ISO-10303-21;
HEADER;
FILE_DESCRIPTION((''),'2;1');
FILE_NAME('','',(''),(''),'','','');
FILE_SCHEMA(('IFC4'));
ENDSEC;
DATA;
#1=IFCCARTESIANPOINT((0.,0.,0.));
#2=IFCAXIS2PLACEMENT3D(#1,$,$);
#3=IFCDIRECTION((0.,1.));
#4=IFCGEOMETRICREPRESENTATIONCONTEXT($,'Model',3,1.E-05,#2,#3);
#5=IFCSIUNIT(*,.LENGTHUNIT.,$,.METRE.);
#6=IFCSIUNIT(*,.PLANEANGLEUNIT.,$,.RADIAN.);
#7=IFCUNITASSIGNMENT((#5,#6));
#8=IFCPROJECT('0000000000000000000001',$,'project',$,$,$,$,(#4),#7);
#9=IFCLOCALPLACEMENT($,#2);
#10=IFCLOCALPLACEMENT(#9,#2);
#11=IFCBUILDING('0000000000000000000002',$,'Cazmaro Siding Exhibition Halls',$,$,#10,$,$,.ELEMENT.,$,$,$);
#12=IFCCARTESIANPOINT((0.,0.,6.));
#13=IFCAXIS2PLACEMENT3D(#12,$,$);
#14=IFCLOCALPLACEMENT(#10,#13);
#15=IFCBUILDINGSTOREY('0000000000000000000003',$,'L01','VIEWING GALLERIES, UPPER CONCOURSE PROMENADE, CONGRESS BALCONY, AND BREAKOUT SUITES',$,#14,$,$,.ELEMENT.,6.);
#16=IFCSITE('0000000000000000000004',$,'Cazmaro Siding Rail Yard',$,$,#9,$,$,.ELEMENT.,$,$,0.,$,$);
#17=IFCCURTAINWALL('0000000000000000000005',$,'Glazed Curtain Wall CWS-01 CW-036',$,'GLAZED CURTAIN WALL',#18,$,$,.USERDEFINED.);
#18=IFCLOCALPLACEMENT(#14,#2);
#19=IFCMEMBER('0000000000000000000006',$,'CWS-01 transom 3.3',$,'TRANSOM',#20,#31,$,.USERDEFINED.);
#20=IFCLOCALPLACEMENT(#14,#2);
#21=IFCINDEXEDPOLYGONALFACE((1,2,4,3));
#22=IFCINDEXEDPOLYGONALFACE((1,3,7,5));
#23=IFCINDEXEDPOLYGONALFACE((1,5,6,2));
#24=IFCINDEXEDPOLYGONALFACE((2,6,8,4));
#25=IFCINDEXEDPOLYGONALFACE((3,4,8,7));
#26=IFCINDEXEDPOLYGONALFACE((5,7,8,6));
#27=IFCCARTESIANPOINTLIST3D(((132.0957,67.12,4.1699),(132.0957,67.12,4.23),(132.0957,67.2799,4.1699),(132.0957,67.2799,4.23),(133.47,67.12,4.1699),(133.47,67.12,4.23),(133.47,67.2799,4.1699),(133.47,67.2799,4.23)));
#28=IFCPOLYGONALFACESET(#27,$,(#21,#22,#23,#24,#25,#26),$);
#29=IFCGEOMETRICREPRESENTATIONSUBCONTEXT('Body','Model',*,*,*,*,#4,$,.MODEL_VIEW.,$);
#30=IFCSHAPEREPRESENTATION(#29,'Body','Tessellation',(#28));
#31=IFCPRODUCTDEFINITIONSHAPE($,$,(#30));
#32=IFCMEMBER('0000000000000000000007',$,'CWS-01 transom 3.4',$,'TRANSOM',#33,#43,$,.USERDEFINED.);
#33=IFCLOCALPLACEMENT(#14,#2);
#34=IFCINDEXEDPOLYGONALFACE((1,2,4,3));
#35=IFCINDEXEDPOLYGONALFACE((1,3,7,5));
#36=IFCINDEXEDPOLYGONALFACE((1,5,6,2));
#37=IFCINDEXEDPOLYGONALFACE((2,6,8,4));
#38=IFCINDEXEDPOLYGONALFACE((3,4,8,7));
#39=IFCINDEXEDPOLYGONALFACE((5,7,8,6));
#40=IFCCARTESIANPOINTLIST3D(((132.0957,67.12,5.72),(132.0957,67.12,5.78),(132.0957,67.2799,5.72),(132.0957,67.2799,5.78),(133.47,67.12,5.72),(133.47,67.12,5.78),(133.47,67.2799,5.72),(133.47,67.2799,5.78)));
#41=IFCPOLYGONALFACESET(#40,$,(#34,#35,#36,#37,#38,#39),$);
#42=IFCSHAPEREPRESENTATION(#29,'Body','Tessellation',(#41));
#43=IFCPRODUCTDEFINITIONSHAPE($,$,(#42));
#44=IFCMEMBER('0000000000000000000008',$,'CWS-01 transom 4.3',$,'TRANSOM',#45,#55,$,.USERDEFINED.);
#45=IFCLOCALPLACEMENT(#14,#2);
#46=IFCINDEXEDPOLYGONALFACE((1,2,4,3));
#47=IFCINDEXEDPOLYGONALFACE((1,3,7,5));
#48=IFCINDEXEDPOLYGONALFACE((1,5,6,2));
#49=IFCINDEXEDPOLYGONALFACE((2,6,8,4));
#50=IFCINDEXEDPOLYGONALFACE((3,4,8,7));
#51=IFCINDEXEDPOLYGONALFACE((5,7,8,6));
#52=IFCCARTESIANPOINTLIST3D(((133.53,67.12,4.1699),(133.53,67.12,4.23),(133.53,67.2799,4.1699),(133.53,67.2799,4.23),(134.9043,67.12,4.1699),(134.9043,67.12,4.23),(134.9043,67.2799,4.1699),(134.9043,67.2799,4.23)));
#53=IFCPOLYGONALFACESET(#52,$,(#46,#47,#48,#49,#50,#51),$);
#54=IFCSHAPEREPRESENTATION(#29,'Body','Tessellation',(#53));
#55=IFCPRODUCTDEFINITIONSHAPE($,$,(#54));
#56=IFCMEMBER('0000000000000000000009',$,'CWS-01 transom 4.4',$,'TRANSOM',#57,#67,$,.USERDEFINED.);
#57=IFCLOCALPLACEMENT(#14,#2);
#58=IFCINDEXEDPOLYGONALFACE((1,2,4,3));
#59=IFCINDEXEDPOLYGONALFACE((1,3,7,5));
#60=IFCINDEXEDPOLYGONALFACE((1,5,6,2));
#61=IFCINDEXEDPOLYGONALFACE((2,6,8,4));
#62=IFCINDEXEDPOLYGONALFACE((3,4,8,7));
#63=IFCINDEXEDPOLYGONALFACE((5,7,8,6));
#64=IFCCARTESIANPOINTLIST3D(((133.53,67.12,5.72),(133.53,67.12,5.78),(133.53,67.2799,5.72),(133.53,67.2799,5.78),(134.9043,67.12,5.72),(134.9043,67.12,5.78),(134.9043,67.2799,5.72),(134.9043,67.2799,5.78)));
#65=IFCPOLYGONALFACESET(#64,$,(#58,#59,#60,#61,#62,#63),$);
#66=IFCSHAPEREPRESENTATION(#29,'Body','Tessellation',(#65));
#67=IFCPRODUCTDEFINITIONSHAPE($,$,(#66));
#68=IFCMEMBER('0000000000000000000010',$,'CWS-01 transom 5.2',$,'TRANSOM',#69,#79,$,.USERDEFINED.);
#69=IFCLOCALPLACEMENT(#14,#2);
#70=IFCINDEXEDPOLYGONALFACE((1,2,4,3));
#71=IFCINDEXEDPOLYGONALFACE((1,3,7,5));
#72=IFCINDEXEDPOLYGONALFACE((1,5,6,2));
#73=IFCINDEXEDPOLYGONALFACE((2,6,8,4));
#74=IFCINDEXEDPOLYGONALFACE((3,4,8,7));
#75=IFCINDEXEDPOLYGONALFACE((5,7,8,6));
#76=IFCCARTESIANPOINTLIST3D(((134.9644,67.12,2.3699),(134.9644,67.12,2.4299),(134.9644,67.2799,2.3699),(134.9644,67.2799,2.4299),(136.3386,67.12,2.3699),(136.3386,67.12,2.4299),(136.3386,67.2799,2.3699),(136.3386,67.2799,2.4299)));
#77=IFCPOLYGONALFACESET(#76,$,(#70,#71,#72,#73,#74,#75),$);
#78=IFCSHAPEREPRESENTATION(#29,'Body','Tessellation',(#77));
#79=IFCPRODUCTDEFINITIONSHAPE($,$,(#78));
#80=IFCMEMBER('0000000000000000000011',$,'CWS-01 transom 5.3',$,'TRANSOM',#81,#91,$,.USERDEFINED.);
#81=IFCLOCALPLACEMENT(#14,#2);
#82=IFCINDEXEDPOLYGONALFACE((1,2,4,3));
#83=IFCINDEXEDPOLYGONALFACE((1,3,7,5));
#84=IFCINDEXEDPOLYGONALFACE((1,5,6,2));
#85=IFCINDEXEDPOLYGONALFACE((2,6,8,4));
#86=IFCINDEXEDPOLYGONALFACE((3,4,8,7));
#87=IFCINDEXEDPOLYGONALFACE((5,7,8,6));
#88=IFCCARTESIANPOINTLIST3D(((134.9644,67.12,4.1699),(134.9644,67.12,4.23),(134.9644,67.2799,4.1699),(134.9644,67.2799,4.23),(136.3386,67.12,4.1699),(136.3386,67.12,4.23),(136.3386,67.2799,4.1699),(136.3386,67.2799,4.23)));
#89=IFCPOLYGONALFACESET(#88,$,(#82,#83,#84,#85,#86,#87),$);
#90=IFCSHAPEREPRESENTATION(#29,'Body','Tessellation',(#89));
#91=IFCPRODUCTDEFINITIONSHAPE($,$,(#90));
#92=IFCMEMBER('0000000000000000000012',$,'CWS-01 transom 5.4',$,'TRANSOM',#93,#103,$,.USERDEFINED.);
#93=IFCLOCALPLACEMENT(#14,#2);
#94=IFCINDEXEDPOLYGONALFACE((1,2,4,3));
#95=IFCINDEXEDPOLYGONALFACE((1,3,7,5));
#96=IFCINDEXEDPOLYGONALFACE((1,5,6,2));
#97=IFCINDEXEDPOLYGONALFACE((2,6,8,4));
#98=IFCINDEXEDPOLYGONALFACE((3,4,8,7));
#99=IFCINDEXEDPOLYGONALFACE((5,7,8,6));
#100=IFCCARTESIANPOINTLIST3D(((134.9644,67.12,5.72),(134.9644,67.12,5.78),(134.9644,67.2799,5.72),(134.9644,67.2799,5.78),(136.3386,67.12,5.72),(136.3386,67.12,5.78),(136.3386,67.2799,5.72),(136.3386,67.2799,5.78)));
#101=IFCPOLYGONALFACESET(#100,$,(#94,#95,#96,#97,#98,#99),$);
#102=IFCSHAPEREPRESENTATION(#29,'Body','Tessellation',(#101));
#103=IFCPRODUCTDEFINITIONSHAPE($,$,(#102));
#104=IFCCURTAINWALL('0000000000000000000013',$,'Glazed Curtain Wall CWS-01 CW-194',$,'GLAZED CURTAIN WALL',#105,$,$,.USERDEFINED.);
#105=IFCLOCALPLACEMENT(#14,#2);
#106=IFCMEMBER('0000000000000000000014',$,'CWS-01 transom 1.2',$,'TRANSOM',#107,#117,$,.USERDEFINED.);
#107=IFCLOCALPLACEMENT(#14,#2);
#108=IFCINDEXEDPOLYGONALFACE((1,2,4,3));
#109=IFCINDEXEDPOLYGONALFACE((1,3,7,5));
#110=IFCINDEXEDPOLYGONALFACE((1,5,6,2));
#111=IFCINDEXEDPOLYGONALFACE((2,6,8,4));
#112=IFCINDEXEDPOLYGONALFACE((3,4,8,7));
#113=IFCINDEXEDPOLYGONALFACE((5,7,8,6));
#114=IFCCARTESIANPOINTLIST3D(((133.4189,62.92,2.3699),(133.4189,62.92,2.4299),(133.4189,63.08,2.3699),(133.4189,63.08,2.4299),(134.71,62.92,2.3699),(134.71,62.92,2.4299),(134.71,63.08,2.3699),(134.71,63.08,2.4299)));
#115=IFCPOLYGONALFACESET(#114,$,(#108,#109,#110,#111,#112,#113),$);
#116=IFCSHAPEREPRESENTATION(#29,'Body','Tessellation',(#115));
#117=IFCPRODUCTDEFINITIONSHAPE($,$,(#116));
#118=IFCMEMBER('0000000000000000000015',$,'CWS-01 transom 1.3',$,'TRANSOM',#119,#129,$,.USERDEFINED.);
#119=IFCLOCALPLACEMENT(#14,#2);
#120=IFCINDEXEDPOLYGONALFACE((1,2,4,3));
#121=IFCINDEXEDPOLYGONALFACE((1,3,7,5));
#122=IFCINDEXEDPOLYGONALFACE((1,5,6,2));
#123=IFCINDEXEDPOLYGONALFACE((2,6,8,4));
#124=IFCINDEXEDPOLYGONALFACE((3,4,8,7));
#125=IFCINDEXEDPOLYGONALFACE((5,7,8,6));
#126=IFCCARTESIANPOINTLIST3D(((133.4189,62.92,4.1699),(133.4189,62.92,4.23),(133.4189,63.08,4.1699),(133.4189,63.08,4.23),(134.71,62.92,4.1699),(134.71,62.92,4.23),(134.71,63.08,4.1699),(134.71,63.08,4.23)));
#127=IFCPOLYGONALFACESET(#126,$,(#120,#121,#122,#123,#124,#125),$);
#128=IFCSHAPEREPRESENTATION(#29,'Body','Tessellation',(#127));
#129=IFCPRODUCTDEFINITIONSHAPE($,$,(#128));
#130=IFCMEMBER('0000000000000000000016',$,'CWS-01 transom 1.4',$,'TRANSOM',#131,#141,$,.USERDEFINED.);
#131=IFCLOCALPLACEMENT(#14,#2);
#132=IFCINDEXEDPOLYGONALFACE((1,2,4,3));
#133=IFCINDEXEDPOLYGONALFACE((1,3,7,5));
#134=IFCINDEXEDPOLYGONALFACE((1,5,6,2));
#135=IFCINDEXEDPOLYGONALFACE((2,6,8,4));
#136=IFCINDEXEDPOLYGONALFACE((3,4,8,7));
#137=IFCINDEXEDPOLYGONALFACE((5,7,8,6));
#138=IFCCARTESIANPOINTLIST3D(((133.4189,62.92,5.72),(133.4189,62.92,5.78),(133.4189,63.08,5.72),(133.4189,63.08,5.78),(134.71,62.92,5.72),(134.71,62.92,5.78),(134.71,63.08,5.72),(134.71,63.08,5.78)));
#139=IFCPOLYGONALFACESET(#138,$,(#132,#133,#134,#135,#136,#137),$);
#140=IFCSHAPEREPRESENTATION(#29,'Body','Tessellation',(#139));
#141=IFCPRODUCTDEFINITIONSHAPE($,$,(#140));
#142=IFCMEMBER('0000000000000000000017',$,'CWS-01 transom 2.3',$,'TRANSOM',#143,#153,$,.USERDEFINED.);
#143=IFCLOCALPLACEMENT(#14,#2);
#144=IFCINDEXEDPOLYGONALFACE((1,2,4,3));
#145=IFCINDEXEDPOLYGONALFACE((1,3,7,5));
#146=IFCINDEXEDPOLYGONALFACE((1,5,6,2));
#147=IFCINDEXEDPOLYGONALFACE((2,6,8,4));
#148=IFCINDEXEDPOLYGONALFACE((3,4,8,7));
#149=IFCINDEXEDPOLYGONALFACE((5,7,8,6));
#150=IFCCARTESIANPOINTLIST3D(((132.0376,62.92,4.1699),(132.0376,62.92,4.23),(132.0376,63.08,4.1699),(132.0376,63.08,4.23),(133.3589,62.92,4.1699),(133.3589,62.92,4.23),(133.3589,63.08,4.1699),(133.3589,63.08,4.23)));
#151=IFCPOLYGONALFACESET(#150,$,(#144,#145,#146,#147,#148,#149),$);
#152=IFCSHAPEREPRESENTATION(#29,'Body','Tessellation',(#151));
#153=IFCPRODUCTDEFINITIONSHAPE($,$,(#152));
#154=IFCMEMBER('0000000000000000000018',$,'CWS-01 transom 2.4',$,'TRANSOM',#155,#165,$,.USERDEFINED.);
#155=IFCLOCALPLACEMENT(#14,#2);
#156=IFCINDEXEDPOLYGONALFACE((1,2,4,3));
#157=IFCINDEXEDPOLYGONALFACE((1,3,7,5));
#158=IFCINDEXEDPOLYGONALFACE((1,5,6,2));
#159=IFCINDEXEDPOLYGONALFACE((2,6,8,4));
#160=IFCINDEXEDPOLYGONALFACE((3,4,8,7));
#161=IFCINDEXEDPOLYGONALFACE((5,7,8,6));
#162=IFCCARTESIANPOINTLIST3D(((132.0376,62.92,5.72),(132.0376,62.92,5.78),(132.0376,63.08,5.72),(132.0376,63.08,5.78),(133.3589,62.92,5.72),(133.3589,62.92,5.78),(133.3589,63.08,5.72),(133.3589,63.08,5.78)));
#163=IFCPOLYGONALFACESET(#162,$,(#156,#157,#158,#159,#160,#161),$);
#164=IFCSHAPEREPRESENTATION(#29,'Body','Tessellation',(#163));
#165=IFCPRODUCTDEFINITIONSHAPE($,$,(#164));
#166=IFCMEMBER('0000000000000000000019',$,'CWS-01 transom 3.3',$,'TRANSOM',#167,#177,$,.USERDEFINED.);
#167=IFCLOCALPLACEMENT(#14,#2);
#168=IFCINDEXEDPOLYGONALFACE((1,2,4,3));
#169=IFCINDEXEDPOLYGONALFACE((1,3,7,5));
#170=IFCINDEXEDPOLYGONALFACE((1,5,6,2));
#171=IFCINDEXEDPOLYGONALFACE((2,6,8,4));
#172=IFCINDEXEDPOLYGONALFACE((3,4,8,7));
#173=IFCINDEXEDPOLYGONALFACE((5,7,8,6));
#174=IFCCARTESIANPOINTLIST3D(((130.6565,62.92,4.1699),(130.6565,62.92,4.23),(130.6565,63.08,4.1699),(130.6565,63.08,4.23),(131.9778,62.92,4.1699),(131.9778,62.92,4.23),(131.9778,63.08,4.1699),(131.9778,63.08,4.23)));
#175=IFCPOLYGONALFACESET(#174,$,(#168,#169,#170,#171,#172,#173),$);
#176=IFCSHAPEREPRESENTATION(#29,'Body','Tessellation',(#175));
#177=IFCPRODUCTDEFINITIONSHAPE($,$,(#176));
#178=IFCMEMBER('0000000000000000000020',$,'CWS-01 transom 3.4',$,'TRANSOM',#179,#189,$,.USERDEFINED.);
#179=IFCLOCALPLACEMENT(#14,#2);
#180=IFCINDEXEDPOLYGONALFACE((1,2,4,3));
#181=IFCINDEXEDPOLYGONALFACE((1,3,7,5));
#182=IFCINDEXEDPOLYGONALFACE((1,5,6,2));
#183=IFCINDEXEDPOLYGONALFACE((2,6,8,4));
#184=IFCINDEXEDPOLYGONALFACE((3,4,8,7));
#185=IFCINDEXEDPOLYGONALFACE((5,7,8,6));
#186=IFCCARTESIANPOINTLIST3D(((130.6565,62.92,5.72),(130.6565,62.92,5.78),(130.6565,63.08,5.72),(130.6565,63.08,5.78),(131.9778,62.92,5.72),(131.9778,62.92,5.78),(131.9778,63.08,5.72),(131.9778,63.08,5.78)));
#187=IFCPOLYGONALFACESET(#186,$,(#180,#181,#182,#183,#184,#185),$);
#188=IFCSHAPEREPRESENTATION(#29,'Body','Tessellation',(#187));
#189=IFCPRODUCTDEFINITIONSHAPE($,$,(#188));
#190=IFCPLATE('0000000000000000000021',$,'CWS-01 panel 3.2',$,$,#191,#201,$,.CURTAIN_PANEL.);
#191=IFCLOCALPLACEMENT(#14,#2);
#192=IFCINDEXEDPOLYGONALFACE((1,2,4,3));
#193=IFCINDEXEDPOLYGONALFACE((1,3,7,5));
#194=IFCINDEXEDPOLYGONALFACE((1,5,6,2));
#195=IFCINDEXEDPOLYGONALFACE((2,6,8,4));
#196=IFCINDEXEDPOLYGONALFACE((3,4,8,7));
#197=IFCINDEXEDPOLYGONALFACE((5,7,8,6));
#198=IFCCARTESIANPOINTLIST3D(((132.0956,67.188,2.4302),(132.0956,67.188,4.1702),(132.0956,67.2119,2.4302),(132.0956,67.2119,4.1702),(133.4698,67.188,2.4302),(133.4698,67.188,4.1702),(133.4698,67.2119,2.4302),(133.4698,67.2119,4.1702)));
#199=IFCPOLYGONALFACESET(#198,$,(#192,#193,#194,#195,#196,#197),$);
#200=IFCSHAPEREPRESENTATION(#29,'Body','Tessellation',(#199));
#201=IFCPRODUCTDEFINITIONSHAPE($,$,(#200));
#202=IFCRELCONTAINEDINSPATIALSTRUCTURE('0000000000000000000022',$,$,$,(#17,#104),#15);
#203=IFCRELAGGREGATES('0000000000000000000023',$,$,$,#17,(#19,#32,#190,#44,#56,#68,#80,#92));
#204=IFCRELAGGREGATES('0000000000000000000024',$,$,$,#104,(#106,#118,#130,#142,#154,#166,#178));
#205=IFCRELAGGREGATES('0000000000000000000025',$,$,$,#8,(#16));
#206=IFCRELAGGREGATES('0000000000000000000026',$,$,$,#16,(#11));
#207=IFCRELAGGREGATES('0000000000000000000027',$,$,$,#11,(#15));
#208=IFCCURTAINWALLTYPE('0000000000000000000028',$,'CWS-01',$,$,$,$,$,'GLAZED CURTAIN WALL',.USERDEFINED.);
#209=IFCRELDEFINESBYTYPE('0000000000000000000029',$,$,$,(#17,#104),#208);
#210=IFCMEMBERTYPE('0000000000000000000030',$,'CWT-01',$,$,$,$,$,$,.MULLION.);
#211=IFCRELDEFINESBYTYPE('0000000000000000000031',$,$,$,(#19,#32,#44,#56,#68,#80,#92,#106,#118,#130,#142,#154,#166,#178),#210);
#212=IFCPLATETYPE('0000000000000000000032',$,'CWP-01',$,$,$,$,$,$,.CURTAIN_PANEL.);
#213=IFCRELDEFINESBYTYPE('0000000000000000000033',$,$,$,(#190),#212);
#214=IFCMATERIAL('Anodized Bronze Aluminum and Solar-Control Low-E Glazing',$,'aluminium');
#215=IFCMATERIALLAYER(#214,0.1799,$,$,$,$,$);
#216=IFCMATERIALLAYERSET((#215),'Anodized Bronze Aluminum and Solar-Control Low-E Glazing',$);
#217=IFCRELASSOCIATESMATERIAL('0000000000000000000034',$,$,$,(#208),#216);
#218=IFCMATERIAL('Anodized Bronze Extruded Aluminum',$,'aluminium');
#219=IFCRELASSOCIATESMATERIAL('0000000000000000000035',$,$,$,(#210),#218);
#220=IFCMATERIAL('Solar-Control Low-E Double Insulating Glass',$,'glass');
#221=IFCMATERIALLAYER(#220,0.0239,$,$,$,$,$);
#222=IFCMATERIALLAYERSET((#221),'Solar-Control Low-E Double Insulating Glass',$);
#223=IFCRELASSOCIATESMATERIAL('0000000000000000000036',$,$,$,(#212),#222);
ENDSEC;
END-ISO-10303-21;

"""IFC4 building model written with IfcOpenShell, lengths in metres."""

from ifc_helpers import new_model, si_unit, direction, frame, origin, origin_2d, place, context, subcontext, project, spatial, rectangle, extrude, material, layer, layer_set, material_profile, profile_set, type_object, element, aggregate, save


model = new_model("IFC4")

# Units and contexts
model_context = context("Model", 3, precision=1e-05, world=origin(), true_north=direction((0.0, 1.0)))
body_context = subcontext(model_context, "Body", "Model", "MODEL_VIEW")
ifc_project = project(units=[si_unit("LENGTHUNIT", "METRE"), si_unit("PLANEANGLEUNIT", "RADIAN")], contexts=[model_context])

# Site, building, storey
site_placement = place(None, origin())
site = spatial("IfcSite", under=ifc_project, at=site_placement, Name="Cazmaro Siding Rail Yard", CompositionType="ELEMENT", RefElevation=0.0)
building_placement = place(site_placement, origin())
building = spatial("IfcBuilding", under=site, at=building_placement, Name="Cazmaro Siding Exhibition Halls", CompositionType="ELEMENT")
storey_placement = place(building_placement, frame((0.0, 0.0, 6.0)))
storey = spatial("IfcBuildingStorey", under=building, at=storey_placement, Name="L01", Description="VIEWING GALLERIES, UPPER CONCOURSE PROMENADE, CONGRESS BALCONY, AND BREAKOUT SUITES", CompositionType="ELEMENT", Elevation=6.0)

# Curtain walls, members
ifc_material_1 = material(Name="Anodized Bronze Aluminum and Solar-Control Low-E Glazing", Category="aluminium")
ifc_layer_1 = layer(ifc_material_1, 0.1799)
ifc_layer_set_1 = layer_set([ifc_layer_1], Name="Anodized Bronze Aluminum and Solar-Control Low-E Glazing")
curtain_wall_type = type_object("IfcCurtainWallType", Name="CWS-01", ElementType="GLAZED CURTAIN WALL", PredefinedType="USERDEFINED", material=ifc_layer_set_1)
curtain_wall_1_placement = place(storey_placement, origin())
curtain_wall_1 = element("IfcCurtainWall", 1, at=curtain_wall_1_placement, inside=storey, type_object=curtain_wall_type, Name="Glazed Curtain Wall CWS-01 CW-036", ObjectType="GLAZED CURTAIN WALL", PredefinedType="USERDEFINED")
ifc_material_2 = material(Name="Anodized Bronze Extruded Aluminum", Category="aluminium")
ifc_material_profile = material_profile(ifc_material_2, rectangle(XDim=0.1599, YDim=0.0601, at=origin_2d()), Name="CWT-01")
ifc_profile_set = profile_set([ifc_material_profile], Name="Anodized Bronze Extruded Aluminum")
member_type = type_object("IfcMemberType", Name="CWT-01", PredefinedType="MULLION", material=ifc_profile_set)
member_1_placement = place(storey_placement, frame((132.0957, 67.2, 4.2), z_axis=(1.0, 0.0, 0.0), x_axis=(0.0, 1.0, 0.0)))
member_1 = element("IfcMember", 2, at=member_1_placement, type_object=member_type, Name="CWS-01 transom 3.3", ObjectType="TRANSOM", PredefinedType="USERDEFINED", context=body_context, shape_type="SweptSolid", body=[
    extrude(rectangle(XDim=0.1599, YDim=0.0601, at=origin_2d()), origin(), (0.0, 0.0, 1.0), 1.3743),
])
member_2_placement = place(storey_placement, frame((132.0957, 67.2, 5.75), z_axis=(1.0, 0.0, 0.0), x_axis=(0.0, 1.0, 0.0)))
member_2 = element("IfcMember", 3, at=member_2_placement, type_object=member_type, Name="CWS-01 transom 3.4", ObjectType="TRANSOM", PredefinedType="USERDEFINED", context=body_context, shape_type="SweptSolid", body=[
    extrude(rectangle(XDim=0.1599, YDim=0.0601, at=origin_2d()), origin(), (0.0, 0.0, 1.0), 1.3743),
])
member_3_placement = place(storey_placement, frame((133.53, 67.2, 4.2), z_axis=(1.0, 0.0, 0.0), x_axis=(0.0, 1.0, 0.0)))
member_3 = element("IfcMember", 4, at=member_3_placement, type_object=member_type, Name="CWS-01 transom 4.3", ObjectType="TRANSOM", PredefinedType="USERDEFINED", context=body_context, shape_type="SweptSolid", body=[
    extrude(rectangle(XDim=0.1599, YDim=0.0601, at=origin_2d()), origin(), (0.0, 0.0, 1.0), 1.3743),
])
member_4_placement = place(storey_placement, frame((133.53, 67.2, 5.75), z_axis=(1.0, 0.0, 0.0), x_axis=(0.0, 1.0, 0.0)))
member_4 = element("IfcMember", 5, at=member_4_placement, type_object=member_type, Name="CWS-01 transom 4.4", ObjectType="TRANSOM", PredefinedType="USERDEFINED", context=body_context, shape_type="SweptSolid", body=[
    extrude(rectangle(XDim=0.1599, YDim=0.0601, at=origin_2d()), origin(), (0.0, 0.0, 1.0), 1.3743),
])
member_5_placement = place(storey_placement, frame((134.9644, 67.2, 2.3999), z_axis=(1.0, 0.0, 0.0), x_axis=(0.0, 1.0, 0.0)))
member_5 = element("IfcMember", 6, at=member_5_placement, type_object=member_type, Name="CWS-01 transom 5.2", ObjectType="TRANSOM", PredefinedType="USERDEFINED", context=body_context, shape_type="SweptSolid", body=[
    extrude(rectangle(XDim=0.1599, YDim=0.0601, at=origin_2d()), origin(), (0.0, 0.0, 1.0), 1.3743),
])
member_6_placement = place(storey_placement, frame((134.9644, 67.2, 4.2), z_axis=(1.0, 0.0, 0.0), x_axis=(0.0, 1.0, 0.0)))
member_6 = element("IfcMember", 7, at=member_6_placement, type_object=member_type, Name="CWS-01 transom 5.3", ObjectType="TRANSOM", PredefinedType="USERDEFINED", context=body_context, shape_type="SweptSolid", body=[
    extrude(rectangle(XDim=0.1599, YDim=0.0601, at=origin_2d()), origin(), (0.0, 0.0, 1.0), 1.3743),
])
member_7_placement = place(storey_placement, frame((134.9644, 67.2, 5.75), z_axis=(1.0, 0.0, 0.0), x_axis=(0.0, 1.0, 0.0)))
member_7 = element("IfcMember", 8, at=member_7_placement, type_object=member_type, Name="CWS-01 transom 5.4", ObjectType="TRANSOM", PredefinedType="USERDEFINED", context=body_context, shape_type="SweptSolid", body=[
    extrude(rectangle(XDim=0.1599, YDim=0.0601, at=origin_2d()), origin(), (0.0, 0.0, 1.0), 1.3743),
])
curtain_wall_2_placement = place(storey_placement, origin())
curtain_wall_2 = element("IfcCurtainWall", 9, at=curtain_wall_2_placement, inside=storey, type_object=curtain_wall_type, Name="Glazed Curtain Wall CWS-01 CW-194", ObjectType="GLAZED CURTAIN WALL", PredefinedType="USERDEFINED")
member_8_placement = place(storey_placement, frame((134.71, 63.0, 2.3999), z_axis=(-1.0, 0.0, 0.0), x_axis=(0.0, -1.0, 0.0)))
member_8 = element("IfcMember", 10, at=member_8_placement, type_object=member_type, Name="CWS-01 transom 1.2", ObjectType="TRANSOM", PredefinedType="USERDEFINED", context=body_context, shape_type="SweptSolid", body=[
    extrude(rectangle(XDim=0.1599, YDim=0.0601, at=origin_2d()), origin(), (0.0, 0.0, 1.0), 1.291),
])
member_9_placement = place(storey_placement, frame((134.71, 63.0, 4.2), z_axis=(-1.0, 0.0, 0.0), x_axis=(0.0, -1.0, 0.0)))
member_9 = element("IfcMember", 11, at=member_9_placement, type_object=member_type, Name="CWS-01 transom 1.3", ObjectType="TRANSOM", PredefinedType="USERDEFINED", context=body_context, shape_type="SweptSolid", body=[
    extrude(rectangle(XDim=0.1599, YDim=0.0601, at=origin_2d()), origin(), (0.0, 0.0, 1.0), 1.291),
])
member_10_placement = place(storey_placement, frame((134.71, 63.0, 5.75), z_axis=(-1.0, 0.0, 0.0), x_axis=(0.0, -1.0, 0.0)))
member_10 = element("IfcMember", 12, at=member_10_placement, type_object=member_type, Name="CWS-01 transom 1.4", ObjectType="TRANSOM", PredefinedType="USERDEFINED", context=body_context, shape_type="SweptSolid", body=[
    extrude(rectangle(XDim=0.1599, YDim=0.0601, at=origin_2d()), origin(), (0.0, 0.0, 1.0), 1.291),
])
member_11_placement = place(storey_placement, frame((133.3589, 63.0, 4.2), z_axis=(-1.0, 0.0, 0.0), x_axis=(0.0, -1.0, 0.0)))
member_11 = element("IfcMember", 13, at=member_11_placement, type_object=member_type, Name="CWS-01 transom 2.3", ObjectType="TRANSOM", PredefinedType="USERDEFINED", context=body_context, shape_type="SweptSolid", body=[
    extrude(rectangle(XDim=0.1599, YDim=0.0601, at=origin_2d()), origin(), (0.0, 0.0, 1.0), 1.3213),
])
member_12_placement = place(storey_placement, frame((133.3589, 63.0, 5.75), z_axis=(-1.0, 0.0, 0.0), x_axis=(0.0, -1.0, 0.0)))
member_12 = element("IfcMember", 14, at=member_12_placement, type_object=member_type, Name="CWS-01 transom 2.4", ObjectType="TRANSOM", PredefinedType="USERDEFINED", context=body_context, shape_type="SweptSolid", body=[
    extrude(rectangle(XDim=0.1599, YDim=0.0601, at=origin_2d()), origin(), (0.0, 0.0, 1.0), 1.3213),
])
member_13_placement = place(storey_placement, frame((131.9778, 63.0, 4.2), z_axis=(-1.0, 0.0, 0.0), x_axis=(0.0, -1.0, 0.0)))
member_13 = element("IfcMember", 15, at=member_13_placement, type_object=member_type, Name="CWS-01 transom 3.3", ObjectType="TRANSOM", PredefinedType="USERDEFINED", context=body_context, shape_type="SweptSolid", body=[
    extrude(rectangle(XDim=0.1599, YDim=0.0601, at=origin_2d()), origin(), (0.0, 0.0, 1.0), 1.3213),
])
member_14_placement = place(storey_placement, frame((131.9778, 63.0, 5.75), z_axis=(-1.0, 0.0, 0.0), x_axis=(0.0, -1.0, 0.0)))
member_14 = element("IfcMember", 16, at=member_14_placement, type_object=member_type, Name="CWS-01 transom 3.4", ObjectType="TRANSOM", PredefinedType="USERDEFINED", context=body_context, shape_type="SweptSolid", body=[
    extrude(rectangle(XDim=0.1599, YDim=0.0601, at=origin_2d()), origin(), (0.0, 0.0, 1.0), 1.3213),
])

# Plate
ifc_material_3 = material(Name="Solar-Control Low-E Double Insulating Glass", Category="glass")
ifc_layer_2 = layer(ifc_material_3, 0.0239)
ifc_layer_set_2 = layer_set([ifc_layer_2], Name="Solar-Control Low-E Double Insulating Glass")
plate_type = type_object("IfcPlateType", Name="CWP-01", PredefinedType="CURTAIN_PANEL", material=ifc_layer_set_2)
plate_1_placement = place(storey_placement, frame((132.7827, 67.2, 2.4302), z_axis=(0.0, 0.0, 1.0), x_axis=(1.0, 0.0, 0.0)))
plate_1 = element("IfcPlate", 17, at=plate_1_placement, type_object=plate_type, Name="CWS-01 panel 3.2", PredefinedType="CURTAIN_PANEL", context=body_context, shape_type="SweptSolid", body=[
    extrude(rectangle(XDim=1.3743, YDim=0.0239, at=origin_2d()), origin(), (0.0, 0.0, 1.0), 1.74),
])
aggregate(curtain_wall_1, [member_1, member_2, plate_1, member_3, member_4, member_5, member_6, member_7])
aggregate(curtain_wall_2, [member_8, member_9, member_10, member_11, member_12, member_13, member_14])

save(model, "model.ifc")
